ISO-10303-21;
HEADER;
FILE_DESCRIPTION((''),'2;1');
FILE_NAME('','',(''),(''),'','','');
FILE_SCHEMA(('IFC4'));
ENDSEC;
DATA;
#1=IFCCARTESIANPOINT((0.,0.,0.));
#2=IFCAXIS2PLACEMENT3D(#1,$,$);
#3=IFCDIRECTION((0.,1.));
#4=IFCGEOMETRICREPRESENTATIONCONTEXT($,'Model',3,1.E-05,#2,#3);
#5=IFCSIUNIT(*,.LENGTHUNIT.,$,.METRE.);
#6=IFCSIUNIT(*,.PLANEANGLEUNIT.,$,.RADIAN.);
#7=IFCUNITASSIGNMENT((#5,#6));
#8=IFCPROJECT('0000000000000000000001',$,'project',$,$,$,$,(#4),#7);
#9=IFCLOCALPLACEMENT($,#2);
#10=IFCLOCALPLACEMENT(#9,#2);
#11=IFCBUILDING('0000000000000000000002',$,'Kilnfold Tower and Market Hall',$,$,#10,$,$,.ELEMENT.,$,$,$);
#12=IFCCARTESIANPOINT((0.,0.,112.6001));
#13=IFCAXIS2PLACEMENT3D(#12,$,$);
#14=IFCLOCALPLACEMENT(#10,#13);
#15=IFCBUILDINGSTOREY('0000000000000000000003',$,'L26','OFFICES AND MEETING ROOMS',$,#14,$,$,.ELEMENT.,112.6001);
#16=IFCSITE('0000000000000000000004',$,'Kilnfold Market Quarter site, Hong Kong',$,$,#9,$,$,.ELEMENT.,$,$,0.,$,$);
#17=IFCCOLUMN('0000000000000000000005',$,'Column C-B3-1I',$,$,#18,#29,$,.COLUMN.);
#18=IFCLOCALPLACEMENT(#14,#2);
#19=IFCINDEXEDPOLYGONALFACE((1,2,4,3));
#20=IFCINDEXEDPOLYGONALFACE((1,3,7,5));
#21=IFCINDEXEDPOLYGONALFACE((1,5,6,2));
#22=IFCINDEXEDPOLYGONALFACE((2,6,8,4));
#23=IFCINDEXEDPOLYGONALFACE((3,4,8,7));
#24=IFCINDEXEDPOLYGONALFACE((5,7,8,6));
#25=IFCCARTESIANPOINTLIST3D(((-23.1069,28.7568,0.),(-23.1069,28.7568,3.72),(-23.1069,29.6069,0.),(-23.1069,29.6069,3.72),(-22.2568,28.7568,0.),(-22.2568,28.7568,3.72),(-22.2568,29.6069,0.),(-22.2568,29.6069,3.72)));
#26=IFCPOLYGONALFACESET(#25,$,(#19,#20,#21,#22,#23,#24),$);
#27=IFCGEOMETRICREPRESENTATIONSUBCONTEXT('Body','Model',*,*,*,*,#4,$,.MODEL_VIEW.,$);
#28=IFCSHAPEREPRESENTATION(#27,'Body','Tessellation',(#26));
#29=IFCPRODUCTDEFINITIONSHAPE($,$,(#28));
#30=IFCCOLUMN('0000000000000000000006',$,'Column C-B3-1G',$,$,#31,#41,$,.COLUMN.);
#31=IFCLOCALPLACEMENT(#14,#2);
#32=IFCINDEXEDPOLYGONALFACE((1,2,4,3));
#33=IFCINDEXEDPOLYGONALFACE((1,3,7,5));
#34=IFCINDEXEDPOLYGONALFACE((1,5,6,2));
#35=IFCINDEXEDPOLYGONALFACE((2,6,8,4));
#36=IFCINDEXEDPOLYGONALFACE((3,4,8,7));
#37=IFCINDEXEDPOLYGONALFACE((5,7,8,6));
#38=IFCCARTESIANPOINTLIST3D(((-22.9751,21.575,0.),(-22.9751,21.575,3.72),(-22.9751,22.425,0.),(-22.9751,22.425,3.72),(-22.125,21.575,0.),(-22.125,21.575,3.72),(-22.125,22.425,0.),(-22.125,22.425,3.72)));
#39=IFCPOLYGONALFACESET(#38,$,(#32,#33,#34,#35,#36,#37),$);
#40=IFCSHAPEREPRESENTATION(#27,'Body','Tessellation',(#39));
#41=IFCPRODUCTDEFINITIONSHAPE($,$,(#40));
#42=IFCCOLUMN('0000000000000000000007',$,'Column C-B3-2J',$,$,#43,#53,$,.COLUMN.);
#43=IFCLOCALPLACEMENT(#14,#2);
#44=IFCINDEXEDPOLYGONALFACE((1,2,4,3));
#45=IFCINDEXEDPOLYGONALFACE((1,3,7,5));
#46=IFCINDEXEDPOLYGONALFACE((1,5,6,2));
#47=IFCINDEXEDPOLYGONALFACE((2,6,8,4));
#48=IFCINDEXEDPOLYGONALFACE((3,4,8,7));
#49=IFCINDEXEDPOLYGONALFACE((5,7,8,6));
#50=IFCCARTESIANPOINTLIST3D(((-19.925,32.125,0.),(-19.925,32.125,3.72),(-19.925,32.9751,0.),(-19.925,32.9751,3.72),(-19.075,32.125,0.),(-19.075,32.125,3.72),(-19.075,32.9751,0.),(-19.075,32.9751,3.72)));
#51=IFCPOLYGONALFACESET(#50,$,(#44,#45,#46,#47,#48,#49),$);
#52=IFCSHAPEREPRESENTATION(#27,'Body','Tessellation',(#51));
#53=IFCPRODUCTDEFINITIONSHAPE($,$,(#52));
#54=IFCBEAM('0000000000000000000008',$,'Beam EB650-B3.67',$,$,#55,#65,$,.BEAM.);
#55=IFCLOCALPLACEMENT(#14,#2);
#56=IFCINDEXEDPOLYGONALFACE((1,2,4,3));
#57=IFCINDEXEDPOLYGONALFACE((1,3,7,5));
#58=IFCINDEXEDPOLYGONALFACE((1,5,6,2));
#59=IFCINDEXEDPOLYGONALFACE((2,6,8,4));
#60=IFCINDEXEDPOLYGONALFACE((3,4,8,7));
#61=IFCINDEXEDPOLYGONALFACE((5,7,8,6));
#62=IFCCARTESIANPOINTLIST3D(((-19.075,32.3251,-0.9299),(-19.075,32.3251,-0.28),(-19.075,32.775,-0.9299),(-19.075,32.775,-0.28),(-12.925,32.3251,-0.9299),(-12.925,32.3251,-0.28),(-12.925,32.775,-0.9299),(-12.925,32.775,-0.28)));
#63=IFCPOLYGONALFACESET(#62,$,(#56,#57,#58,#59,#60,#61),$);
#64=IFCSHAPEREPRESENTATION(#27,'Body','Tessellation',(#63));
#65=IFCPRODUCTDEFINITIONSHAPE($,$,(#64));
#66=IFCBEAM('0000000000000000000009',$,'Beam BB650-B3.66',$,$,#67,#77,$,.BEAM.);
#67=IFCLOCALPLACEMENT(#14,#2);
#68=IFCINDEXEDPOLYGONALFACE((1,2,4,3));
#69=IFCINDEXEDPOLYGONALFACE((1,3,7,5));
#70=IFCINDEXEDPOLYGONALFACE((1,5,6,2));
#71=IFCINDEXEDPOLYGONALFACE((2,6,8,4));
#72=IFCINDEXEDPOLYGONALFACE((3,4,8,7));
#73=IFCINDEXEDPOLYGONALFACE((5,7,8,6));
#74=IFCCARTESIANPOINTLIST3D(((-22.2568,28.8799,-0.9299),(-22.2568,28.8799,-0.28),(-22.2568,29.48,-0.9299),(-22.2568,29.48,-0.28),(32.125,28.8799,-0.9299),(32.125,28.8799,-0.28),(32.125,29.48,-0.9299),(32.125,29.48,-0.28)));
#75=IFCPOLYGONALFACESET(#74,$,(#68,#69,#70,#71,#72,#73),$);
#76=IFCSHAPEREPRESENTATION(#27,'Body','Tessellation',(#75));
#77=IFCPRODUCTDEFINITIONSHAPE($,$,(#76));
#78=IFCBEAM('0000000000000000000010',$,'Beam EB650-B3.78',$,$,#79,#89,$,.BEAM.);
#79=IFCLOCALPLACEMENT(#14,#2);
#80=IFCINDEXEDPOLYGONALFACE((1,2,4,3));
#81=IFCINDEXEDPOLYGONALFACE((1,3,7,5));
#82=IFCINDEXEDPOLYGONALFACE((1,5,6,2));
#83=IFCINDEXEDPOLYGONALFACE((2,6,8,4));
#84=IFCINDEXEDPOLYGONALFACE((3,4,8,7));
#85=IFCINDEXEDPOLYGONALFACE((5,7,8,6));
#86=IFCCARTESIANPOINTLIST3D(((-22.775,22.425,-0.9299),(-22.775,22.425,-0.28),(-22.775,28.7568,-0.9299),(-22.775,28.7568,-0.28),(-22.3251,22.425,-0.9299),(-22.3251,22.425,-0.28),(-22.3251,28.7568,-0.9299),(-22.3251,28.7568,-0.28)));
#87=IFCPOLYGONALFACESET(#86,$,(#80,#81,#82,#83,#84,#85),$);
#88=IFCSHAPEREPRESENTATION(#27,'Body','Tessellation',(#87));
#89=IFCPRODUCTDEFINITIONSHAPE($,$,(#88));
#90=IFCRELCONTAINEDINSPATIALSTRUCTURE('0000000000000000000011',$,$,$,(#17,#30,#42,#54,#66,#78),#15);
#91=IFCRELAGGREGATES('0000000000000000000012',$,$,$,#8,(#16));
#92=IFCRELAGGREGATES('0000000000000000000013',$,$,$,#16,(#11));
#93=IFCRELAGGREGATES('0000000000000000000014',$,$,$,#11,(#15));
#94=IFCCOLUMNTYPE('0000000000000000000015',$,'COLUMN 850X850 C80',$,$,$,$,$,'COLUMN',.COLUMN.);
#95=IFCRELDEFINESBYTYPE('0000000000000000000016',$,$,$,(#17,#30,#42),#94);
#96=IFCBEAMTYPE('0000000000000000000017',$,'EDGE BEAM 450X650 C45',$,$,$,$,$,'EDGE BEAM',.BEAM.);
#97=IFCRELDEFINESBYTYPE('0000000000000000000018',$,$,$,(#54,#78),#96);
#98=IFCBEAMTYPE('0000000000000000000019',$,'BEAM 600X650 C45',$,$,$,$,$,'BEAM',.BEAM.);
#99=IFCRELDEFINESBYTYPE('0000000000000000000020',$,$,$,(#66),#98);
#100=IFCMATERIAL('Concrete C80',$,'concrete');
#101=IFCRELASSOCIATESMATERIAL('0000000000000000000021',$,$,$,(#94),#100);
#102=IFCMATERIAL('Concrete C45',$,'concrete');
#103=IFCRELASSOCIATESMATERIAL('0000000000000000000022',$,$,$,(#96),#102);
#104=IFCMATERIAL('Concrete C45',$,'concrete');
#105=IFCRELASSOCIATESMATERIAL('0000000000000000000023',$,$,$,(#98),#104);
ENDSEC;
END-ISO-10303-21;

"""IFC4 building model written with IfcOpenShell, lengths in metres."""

from ifc_helpers import new_model, si_unit, direction, frame, origin, origin_2d, place, context, subcontext, project, spatial, rectangle, extrude, source, transform, mapped, material, material_profile, profile_set, type_object, element, save


model = new_model("IFC4")

# Units and contexts
model_context = context("Model", 3, precision=1e-05, world=origin(), true_north=direction((0.0, 1.0)))
body_context = subcontext(model_context, "Body", "Model", "MODEL_VIEW")
ifc_project = project(units=[si_unit("LENGTHUNIT", "METRE"), si_unit("PLANEANGLEUNIT", "RADIAN")], contexts=[model_context])

# Site, building, storey
site_placement = place(None, origin())
site = spatial("IfcSite", under=ifc_project, at=site_placement, Name="Kilnfold Market Quarter site, Hong Kong", CompositionType="ELEMENT", RefElevation=0.0)
building_placement = place(site_placement, origin())
building = spatial("IfcBuilding", under=site, at=building_placement, Name="Kilnfold Tower and Market Hall", CompositionType="ELEMENT")
storey_placement = place(building_placement, frame((0.0, 0.0, 112.6001)))
storey = spatial("IfcBuildingStorey", under=building, at=storey_placement, Name="L26", Description="OFFICES AND MEETING ROOMS", CompositionType="ELEMENT", Elevation=112.6001)

# Columns
ifc_material_1 = material(Name="Concrete C80", Category="concrete")
ifc_material_profile_1 = material_profile(ifc_material_1, rectangle(XDim=0.8501, YDim=0.8501, at=origin_2d()), Name="RC 850x850")
ifc_profile_set_1 = profile_set([ifc_material_profile_1], Name="Concrete C80")
column_type = type_object("IfcColumnType", Name="COLUMN 850X850 C80", ElementType="COLUMN", PredefinedType="COLUMN", material=ifc_profile_set_1)
shared_shape_1 = source(origin(), body_context, "Body", "SweptSolid", [
    extrude(rectangle(XDim=0.8501, YDim=0.8501, at=origin_2d()), origin(), (0.0, 0.0, 1.0), 3.72),
])
for number, where, z_axis, x_axis, name in (
    (1, (-22.6819, 29.1819, 0.0), (0.0, 0.0, 1.0), (1.0, 0.0, 0.0), "Column C-B3-1I"),
    (2, (-22.55, 22.0, 0.0), (0.0, 0.0, 1.0), (1.0, 0.0, 0.0), "Column C-B3-1G"),
    (3, (-19.5, 32.55, 0.0), (0.0, 0.0, 1.0), (1.0, 0.0, 0.0), "Column C-B3-2J"),
):
    element("IfcColumn", number, at=place(storey_placement, frame(where, z_axis=z_axis, x_axis=x_axis)), inside=storey, type_object=column_type, Name=name, PredefinedType="COLUMN", context=body_context, shape_type="MappedRepresentation", body=[
        mapped(shared_shape_1, transform((0.0, 0.0, 0.0))),
    ])

# Beams
ifc_material_2 = material(Name="Concrete C45", Category="concrete")
ifc_material_profile_2 = material_profile(ifc_material_2, rectangle(XDim=0.45, YDim=0.6499, at=origin_2d()), Name="RC 450x650")
ifc_profile_set_2 = profile_set([ifc_material_profile_2], Name="Concrete C45")
beam_type_1 = type_object("IfcBeamType", Name="EDGE BEAM 450X650 C45", ElementType="EDGE BEAM", PredefinedType="BEAM", material=ifc_profile_set_2)
shared_shape_2 = source(origin(), body_context, "Body", "SweptSolid", [
    extrude(rectangle(XDim=0.45, YDim=0.6499, at=origin_2d()), origin(), (0.0, 0.0, 1.0), 6.1499),
])
beam_1_placement = place(storey_placement, frame((-19.075, 32.55, -0.605), z_axis=(1.0, 0.0, 0.0), x_axis=(0.0, 1.0, 0.0)))
element("IfcBeam", 4, at=beam_1_placement, inside=storey, type_object=beam_type_1, Name="Beam EB650-B3.67", PredefinedType="BEAM", context=body_context, shape_type="MappedRepresentation", body=[
    mapped(shared_shape_2, transform((0.0, 0.0, 0.0))),
])
ifc_material_3 = material(Name="Concrete C45", Category="concrete")
ifc_material_profile_3 = material_profile(ifc_material_3, rectangle(XDim=0.6001, YDim=0.6499, at=origin_2d()), Name="RC 600x650")
ifc_profile_set_3 = profile_set([ifc_material_profile_3], Name="Concrete C45")
beam_type_2 = type_object("IfcBeamType", Name="BEAM 600X650 C45", ElementType="BEAM", PredefinedType="BEAM", material=ifc_profile_set_3)
shared_shape_3 = source(origin(), body_context, "Body", "SweptSolid", [
    extrude(rectangle(XDim=0.6001, YDim=0.6499, at=origin_2d()), origin(), (0.0, 0.0, 1.0), 54.3818),
])
beam_2_placement = place(storey_placement, frame((-22.2568, 29.1799, -0.605), z_axis=(1.0, 0.0, 0.0), x_axis=(0.0, 1.0, 0.0)))
element("IfcBeam", 5, at=beam_2_placement, inside=storey, type_object=beam_type_2, Name="Beam BB650-B3.66", PredefinedType="BEAM", context=body_context, shape_type="MappedRepresentation", body=[
    mapped(shared_shape_3, transform((0.0, 0.0, 0.0))),
])
shared_shape_4 = source(origin(), body_context, "Body", "SweptSolid", [
    extrude(rectangle(XDim=0.45, YDim=0.6499, at=origin_2d()), origin(), (0.0, 0.0, 1.0), 6.3318),
])
beam_3_placement = place(storey_placement, frame((-22.55, 22.425, -0.605), z_axis=(0.0, 1.0, 0.0), x_axis=(-1.0, 0.0, 0.0)))
element("IfcBeam", 6, at=beam_3_placement, inside=storey, type_object=beam_type_1, Name="Beam EB650-B3.78", PredefinedType="BEAM", context=body_context, shape_type="MappedRepresentation", body=[
    mapped(shared_shape_4, transform((0.0, 0.0, 0.0))),
])

save(model, "model.ifc")
